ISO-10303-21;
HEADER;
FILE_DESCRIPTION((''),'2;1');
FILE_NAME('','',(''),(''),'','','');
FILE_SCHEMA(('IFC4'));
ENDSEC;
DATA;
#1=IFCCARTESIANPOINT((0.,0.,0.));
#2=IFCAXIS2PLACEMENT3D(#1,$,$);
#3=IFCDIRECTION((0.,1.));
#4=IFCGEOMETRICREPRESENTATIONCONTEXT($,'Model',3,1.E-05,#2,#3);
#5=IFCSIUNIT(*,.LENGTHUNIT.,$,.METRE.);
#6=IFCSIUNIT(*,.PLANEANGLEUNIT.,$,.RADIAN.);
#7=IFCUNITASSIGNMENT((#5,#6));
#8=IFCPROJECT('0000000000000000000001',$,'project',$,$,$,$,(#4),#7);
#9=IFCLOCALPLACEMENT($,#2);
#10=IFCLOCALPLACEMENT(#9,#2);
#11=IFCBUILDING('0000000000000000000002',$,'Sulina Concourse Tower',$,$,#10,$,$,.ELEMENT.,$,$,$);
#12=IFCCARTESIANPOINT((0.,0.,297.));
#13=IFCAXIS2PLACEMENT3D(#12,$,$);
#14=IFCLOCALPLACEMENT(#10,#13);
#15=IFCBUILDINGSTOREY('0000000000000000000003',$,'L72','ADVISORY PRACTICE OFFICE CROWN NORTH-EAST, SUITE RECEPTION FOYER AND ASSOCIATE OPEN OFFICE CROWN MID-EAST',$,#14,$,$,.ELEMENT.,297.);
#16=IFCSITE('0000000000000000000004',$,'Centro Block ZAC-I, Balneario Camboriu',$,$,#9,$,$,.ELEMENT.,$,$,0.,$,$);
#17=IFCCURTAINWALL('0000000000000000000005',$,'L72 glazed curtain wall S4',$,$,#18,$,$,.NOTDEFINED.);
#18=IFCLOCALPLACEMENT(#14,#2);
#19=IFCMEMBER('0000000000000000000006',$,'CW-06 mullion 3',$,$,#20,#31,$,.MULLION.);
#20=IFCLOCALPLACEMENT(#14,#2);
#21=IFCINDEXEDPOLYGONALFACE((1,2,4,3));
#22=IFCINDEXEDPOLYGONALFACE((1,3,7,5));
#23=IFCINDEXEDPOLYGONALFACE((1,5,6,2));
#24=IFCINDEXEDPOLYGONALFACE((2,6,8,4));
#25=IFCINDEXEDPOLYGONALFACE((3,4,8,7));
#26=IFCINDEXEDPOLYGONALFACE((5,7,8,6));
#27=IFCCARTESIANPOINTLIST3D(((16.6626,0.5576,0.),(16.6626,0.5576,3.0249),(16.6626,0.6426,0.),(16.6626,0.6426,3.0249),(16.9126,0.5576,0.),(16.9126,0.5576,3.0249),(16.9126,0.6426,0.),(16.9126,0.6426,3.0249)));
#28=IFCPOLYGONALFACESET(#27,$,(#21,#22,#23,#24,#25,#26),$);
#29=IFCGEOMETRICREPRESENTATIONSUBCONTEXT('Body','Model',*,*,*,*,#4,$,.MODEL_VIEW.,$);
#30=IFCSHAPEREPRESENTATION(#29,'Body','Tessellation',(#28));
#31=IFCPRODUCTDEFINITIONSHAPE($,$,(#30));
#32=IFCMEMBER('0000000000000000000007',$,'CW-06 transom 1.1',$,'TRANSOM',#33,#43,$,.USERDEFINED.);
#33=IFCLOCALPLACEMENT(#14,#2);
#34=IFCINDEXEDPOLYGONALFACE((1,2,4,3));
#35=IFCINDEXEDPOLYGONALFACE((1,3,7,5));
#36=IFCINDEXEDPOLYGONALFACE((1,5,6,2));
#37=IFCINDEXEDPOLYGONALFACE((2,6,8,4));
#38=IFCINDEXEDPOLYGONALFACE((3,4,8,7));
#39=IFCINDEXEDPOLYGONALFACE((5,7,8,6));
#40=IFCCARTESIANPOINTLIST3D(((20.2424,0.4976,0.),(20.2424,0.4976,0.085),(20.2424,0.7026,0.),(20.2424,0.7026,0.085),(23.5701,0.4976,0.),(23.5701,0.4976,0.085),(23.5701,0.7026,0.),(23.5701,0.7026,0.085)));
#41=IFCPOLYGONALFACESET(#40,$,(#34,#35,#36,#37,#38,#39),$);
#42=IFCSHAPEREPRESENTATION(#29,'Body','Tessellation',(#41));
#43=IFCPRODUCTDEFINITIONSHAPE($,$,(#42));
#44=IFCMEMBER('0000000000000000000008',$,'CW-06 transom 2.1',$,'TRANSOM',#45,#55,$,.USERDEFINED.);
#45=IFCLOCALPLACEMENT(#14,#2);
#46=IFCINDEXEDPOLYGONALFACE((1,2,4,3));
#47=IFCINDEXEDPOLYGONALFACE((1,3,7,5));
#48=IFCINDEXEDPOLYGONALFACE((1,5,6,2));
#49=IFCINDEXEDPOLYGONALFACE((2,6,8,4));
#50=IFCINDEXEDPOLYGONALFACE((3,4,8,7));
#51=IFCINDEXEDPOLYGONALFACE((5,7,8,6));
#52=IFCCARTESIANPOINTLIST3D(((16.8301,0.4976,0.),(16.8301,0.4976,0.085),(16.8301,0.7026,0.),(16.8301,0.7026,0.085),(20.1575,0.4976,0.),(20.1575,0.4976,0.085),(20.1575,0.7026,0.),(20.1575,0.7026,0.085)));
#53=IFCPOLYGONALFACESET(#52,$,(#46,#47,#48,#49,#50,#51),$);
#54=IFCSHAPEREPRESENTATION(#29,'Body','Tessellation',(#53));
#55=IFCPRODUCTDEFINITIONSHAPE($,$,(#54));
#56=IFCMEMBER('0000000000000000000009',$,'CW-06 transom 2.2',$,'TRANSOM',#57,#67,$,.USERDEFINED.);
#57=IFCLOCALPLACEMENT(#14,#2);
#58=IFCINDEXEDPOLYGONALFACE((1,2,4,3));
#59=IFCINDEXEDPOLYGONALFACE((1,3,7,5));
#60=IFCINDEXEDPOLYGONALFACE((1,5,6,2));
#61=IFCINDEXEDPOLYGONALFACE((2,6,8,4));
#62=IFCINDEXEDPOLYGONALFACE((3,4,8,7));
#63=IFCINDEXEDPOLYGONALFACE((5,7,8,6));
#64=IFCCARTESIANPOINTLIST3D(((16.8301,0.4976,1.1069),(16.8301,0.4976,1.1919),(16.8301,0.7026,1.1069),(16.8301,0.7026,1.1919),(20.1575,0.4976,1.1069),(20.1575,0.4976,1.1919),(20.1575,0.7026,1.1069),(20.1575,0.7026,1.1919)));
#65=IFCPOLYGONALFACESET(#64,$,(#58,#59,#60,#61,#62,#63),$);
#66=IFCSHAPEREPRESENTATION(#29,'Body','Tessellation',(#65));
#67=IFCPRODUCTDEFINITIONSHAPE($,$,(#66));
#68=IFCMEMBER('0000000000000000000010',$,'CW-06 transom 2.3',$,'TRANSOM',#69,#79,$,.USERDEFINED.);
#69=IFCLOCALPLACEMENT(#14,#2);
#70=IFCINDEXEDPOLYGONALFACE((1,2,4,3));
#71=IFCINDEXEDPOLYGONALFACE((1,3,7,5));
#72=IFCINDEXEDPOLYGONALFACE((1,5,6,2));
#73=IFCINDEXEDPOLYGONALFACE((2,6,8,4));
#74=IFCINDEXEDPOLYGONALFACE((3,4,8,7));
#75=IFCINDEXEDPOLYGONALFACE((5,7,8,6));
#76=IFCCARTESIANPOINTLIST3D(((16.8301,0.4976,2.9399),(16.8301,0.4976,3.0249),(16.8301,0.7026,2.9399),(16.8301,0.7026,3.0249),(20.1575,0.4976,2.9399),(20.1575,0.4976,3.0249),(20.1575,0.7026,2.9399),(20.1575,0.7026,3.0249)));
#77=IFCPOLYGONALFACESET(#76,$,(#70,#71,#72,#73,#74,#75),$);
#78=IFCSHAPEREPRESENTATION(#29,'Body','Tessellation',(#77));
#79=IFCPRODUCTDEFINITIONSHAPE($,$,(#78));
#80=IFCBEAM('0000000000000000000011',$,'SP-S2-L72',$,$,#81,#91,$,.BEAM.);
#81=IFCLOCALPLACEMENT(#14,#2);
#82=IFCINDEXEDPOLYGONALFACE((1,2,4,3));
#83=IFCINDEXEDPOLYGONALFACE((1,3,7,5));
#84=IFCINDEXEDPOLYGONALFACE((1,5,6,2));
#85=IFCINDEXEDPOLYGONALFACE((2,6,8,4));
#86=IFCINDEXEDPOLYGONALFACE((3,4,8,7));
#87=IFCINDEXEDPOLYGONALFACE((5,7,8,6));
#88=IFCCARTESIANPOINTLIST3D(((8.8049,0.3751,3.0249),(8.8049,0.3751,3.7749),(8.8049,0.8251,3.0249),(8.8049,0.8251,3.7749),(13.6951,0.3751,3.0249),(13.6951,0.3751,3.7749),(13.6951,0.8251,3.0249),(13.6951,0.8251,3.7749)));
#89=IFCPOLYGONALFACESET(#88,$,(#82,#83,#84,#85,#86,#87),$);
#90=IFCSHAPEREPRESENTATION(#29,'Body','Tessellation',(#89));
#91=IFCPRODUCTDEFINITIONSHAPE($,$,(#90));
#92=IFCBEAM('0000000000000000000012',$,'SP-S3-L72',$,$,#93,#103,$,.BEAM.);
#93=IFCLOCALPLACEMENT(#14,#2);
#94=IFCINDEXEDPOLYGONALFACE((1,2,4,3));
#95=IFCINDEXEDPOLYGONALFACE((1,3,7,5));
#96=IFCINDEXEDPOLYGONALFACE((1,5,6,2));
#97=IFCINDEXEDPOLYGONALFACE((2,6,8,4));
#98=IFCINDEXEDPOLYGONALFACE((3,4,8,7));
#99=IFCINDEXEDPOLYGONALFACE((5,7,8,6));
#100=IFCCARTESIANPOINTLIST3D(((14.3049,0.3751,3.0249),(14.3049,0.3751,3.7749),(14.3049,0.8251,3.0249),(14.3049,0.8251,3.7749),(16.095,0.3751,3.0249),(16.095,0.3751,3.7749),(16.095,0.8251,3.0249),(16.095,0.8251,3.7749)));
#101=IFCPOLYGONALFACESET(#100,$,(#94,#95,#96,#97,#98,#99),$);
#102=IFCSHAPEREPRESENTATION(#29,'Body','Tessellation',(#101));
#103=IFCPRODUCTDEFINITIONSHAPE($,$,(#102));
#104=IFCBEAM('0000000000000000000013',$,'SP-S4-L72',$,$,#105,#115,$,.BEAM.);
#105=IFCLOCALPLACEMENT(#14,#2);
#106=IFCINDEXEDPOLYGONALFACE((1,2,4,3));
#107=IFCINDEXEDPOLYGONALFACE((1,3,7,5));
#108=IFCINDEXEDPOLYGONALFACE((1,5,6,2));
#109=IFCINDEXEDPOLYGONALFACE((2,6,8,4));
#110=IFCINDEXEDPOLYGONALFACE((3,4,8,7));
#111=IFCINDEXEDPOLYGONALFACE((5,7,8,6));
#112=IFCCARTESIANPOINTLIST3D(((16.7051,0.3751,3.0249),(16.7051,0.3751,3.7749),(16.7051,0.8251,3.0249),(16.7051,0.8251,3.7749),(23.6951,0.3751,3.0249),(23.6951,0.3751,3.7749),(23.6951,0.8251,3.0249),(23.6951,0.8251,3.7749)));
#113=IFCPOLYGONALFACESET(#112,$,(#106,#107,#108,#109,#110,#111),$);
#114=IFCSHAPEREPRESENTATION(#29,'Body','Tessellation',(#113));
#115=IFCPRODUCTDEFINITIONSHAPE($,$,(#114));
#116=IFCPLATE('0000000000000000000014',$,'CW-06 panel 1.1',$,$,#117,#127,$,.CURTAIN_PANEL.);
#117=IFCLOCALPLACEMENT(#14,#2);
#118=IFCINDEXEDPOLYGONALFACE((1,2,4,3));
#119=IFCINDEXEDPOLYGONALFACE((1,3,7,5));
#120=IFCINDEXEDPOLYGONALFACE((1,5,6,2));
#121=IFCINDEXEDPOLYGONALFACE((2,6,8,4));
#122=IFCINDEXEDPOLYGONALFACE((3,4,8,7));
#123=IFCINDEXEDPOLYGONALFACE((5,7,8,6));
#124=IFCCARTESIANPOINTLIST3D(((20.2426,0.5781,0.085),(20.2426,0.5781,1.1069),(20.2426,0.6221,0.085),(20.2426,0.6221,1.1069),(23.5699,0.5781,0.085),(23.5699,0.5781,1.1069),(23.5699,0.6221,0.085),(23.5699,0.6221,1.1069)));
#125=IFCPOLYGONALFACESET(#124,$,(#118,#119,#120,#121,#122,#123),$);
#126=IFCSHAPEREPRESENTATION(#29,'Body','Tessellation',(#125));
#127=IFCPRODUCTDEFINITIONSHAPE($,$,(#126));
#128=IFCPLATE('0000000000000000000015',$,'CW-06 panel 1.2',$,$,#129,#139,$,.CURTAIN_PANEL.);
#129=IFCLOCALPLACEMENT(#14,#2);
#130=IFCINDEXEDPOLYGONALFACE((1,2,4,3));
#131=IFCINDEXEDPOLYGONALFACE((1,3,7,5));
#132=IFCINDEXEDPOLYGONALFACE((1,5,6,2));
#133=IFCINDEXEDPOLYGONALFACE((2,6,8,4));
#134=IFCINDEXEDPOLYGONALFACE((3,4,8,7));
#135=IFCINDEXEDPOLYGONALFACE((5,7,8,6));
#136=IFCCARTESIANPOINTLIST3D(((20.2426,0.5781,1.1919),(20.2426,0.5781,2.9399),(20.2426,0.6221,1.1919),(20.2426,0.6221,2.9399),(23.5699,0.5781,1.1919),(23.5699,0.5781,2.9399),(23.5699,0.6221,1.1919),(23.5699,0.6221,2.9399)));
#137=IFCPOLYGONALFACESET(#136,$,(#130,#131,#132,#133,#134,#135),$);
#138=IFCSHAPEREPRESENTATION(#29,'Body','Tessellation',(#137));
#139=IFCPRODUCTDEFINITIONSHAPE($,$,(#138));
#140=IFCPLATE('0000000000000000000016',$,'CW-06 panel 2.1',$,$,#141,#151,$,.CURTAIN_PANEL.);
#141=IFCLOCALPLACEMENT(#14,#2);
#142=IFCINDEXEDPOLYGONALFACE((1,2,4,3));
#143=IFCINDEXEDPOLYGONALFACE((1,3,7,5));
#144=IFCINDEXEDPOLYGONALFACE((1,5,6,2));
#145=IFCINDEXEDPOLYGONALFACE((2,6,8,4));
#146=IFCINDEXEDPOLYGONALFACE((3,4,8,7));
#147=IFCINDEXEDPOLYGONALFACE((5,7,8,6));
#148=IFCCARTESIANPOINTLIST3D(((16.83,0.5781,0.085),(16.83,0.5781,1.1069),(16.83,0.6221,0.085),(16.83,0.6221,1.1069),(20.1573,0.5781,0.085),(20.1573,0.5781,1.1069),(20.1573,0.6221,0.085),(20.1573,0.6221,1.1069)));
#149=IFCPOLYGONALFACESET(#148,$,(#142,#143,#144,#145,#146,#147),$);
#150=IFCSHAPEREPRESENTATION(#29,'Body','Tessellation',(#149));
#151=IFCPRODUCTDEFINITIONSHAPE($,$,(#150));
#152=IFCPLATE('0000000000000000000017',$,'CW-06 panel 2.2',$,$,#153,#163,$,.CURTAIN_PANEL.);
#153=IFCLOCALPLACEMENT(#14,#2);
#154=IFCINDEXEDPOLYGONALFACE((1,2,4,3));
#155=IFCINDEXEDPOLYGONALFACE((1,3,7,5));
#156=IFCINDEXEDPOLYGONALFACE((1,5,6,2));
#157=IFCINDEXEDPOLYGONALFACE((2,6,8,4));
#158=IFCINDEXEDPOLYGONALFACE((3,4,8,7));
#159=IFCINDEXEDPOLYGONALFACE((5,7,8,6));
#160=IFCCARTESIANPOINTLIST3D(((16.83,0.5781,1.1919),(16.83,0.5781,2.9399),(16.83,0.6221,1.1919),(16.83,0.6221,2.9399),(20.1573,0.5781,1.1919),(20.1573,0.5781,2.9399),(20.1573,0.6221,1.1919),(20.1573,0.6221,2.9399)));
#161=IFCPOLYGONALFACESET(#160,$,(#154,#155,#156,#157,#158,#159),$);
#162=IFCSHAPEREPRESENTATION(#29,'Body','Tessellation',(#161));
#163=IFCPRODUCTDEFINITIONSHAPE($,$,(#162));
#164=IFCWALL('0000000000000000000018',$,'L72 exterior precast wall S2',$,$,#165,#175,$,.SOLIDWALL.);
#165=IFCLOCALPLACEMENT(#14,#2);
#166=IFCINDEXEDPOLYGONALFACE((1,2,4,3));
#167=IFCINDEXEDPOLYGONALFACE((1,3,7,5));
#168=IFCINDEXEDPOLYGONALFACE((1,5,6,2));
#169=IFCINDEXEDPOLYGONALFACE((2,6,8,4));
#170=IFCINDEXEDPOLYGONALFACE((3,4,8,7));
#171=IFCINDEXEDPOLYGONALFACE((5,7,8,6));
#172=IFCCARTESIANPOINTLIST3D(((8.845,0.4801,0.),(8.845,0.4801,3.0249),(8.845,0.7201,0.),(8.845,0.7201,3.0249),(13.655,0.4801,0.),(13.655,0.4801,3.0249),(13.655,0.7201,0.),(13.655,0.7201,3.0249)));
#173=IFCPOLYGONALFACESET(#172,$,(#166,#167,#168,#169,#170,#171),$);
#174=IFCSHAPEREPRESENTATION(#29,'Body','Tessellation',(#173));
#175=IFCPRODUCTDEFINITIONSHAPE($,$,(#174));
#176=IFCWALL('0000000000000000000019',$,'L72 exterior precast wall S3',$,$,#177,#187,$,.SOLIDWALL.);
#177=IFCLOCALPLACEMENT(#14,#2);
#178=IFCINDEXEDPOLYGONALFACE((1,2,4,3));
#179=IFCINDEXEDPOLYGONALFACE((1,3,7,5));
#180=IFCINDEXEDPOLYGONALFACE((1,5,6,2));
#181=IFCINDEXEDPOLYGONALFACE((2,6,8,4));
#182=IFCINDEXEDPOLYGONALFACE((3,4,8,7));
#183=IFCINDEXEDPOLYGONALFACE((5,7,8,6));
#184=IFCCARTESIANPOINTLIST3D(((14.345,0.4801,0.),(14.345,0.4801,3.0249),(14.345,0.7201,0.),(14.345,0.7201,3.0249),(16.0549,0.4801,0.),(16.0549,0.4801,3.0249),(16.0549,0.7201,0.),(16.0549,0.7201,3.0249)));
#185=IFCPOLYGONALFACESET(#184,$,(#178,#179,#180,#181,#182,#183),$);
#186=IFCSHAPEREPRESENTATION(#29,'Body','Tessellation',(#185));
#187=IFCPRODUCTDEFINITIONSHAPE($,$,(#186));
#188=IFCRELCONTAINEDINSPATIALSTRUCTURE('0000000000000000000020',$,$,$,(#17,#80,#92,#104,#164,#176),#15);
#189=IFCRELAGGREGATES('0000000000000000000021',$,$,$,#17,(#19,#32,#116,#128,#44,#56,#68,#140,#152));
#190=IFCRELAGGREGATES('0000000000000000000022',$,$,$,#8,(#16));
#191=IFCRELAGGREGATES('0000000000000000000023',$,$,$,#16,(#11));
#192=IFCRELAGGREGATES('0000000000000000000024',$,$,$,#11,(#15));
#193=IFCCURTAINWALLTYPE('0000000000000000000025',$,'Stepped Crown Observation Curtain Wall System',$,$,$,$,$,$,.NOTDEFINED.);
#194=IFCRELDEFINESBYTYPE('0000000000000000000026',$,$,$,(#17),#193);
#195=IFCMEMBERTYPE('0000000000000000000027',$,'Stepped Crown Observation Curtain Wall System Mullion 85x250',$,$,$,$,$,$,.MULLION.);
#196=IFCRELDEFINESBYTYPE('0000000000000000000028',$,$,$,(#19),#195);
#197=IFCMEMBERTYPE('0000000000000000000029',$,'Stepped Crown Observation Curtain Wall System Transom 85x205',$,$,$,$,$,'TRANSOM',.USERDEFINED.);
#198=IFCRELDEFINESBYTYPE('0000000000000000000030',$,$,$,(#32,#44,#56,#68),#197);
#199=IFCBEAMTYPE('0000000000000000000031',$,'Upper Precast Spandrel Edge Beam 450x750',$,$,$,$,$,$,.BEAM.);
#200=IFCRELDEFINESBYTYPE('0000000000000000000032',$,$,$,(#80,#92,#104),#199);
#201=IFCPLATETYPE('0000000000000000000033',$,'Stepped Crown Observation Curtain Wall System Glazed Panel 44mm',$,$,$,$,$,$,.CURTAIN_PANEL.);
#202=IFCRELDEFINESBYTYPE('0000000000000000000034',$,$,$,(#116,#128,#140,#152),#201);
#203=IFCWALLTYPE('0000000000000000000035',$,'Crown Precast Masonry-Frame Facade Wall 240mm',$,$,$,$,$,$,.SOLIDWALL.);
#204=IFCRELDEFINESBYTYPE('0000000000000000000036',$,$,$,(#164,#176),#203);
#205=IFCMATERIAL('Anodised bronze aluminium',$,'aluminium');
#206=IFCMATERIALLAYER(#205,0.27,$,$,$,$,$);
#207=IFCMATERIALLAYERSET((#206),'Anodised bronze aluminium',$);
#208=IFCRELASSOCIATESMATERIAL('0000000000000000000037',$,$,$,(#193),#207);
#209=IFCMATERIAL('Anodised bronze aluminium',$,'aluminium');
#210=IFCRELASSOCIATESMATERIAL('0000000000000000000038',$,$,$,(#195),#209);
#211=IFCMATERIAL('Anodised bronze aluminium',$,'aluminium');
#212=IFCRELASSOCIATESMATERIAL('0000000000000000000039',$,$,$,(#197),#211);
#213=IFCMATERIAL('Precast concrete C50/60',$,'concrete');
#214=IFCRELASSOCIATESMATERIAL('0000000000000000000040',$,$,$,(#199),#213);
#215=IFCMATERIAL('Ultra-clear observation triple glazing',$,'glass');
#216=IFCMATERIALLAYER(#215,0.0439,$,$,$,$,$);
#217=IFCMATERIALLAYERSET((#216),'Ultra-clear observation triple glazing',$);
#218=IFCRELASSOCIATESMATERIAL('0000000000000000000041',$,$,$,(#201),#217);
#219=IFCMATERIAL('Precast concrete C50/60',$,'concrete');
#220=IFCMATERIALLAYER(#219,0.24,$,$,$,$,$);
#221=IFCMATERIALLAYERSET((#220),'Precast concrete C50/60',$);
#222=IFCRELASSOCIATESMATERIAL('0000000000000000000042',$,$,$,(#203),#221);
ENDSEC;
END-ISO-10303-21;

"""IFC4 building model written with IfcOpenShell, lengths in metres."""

from ifc_helpers import new_model, si_unit, direction, frame, frame_2d, origin, origin_2d, place, context, subcontext, project, spatial, rectangle, extrude, material, layer, layer_set, material_profile, profile_set, type_object, element, aggregate, save


model = new_model("IFC4")

# Units and contexts
model_context = context("Model", 3, precision=1e-05, world=origin(), true_north=direction((0.0, 1.0)))
body_context = subcontext(model_context, "Body", "Model", "MODEL_VIEW")
ifc_project = project(units=[si_unit("LENGTHUNIT", "METRE"), si_unit("PLANEANGLEUNIT", "RADIAN")], contexts=[model_context])

# Site, building, storey
site_placement = place(None, origin())
site = spatial("IfcSite", under=ifc_project, at=site_placement, Name="Centro Block ZAC-I, Balneario Camboriu", CompositionType="ELEMENT", RefElevation=0.0)
building_placement = place(site_placement, origin())
building = spatial("IfcBuilding", under=site, at=building_placement, Name="Sulina Concourse Tower", CompositionType="ELEMENT")
storey_placement = place(building_placement, frame((0.0, 0.0, 297.0)))
storey = spatial("IfcBuildingStorey", under=building, at=storey_placement, Name="L72", Description="ADVISORY PRACTICE OFFICE CROWN NORTH-EAST, SUITE RECEPTION FOYER AND ASSOCIATE OPEN OFFICE CROWN MID-EAST", CompositionType="ELEMENT", Elevation=297.0)

# Curtain wall, members
ifc_material_1 = material(Name="Anodised bronze aluminium", Category="aluminium")
ifc_layer_1 = layer(ifc_material_1, 0.27)
ifc_layer_set_1 = layer_set([ifc_layer_1], Name="Anodised bronze aluminium")
curtain_wall_type = type_object("IfcCurtainWallType", Name="Stepped Crown Observation Curtain Wall System", PredefinedType="NOTDEFINED", material=ifc_layer_set_1)
curtain_wall_placement = place(storey_placement, origin())
curtain_wall = element("IfcCurtainWall", 1, at=curtain_wall_placement, inside=storey, type_object=curtain_wall_type, Name="L72 glazed curtain wall S4", PredefinedType="NOTDEFINED")
ifc_material_2 = material(Name="Anodised bronze aluminium", Category="aluminium")
ifc_material_profile_1 = material_profile(ifc_material_2, rectangle(XDim=0.085, YDim=0.25, at=origin_2d()), Name="MUL 85x250")
ifc_profile_set_1 = profile_set([ifc_material_profile_1], Name="Anodised bronze aluminium")
member_type_1 = type_object("IfcMemberType", Name="Stepped Crown Observation Curtain Wall System Mullion 85x250", PredefinedType="MULLION", material=ifc_profile_set_1)
member_1_placement = place(storey_placement, frame((16.7876, 0.6001, 0.0), z_axis=(0.0, 0.0, 1.0), x_axis=(0.0, -1.0, 0.0)))
member_1 = element("IfcMember", 2, at=member_1_placement, type_object=member_type_1, Name="CW-06 mullion 3", PredefinedType="MULLION", context=body_context, shape_type="SweptSolid", body=[
    extrude(rectangle(XDim=0.085, YDim=0.25, at=origin_2d()), origin(), (0.0, 0.0, 1.0), 3.0249),
])
ifc_material_3 = material(Name="Anodised bronze aluminium", Category="aluminium")
ifc_material_profile_2 = material_profile(ifc_material_3, rectangle(XDim=0.2051, YDim=0.085, at=origin_2d()), Name="TRN 85x205")
ifc_profile_set_2 = profile_set([ifc_material_profile_2], Name="Anodised bronze aluminium")
member_type_2 = type_object("IfcMemberType", Name="Stepped Crown Observation Curtain Wall System Transom 85x205", ElementType="TRANSOM", PredefinedType="USERDEFINED", material=ifc_profile_set_2)
member_2_placement = place(storey_placement, frame((23.5701, 0.6001, 0.0425), z_axis=(-1.0, 0.0, 0.0), x_axis=(0.0, -1.0, 0.0)))
member_2 = element("IfcMember", 3, at=member_2_placement, type_object=member_type_2, Name="CW-06 transom 1.1", ObjectType="TRANSOM", PredefinedType="USERDEFINED", context=body_context, shape_type="SweptSolid", body=[
    extrude(rectangle(XDim=0.2051, YDim=0.085, at=origin_2d()), origin(), (0.0, 0.0, 1.0), 3.3276),
])
member_3_placement = place(storey_placement, frame((20.1575, 0.6001, 0.0425), z_axis=(-1.0, 0.0, 0.0), x_axis=(0.0, -1.0, 0.0)))
member_3 = element("IfcMember", 4, at=member_3_placement, type_object=member_type_2, Name="CW-06 transom 2.1", ObjectType="TRANSOM", PredefinedType="USERDEFINED", context=body_context, shape_type="SweptSolid", body=[
    extrude(rectangle(XDim=0.2051, YDim=0.085, at=origin_2d()), origin(), (0.0, 0.0, 1.0), 3.3274),
])
member_4_placement = place(storey_placement, frame((20.1575, 0.6001, 1.1494), z_axis=(-1.0, 0.0, 0.0), x_axis=(0.0, -1.0, 0.0)))
member_4 = element("IfcMember", 5, at=member_4_placement, type_object=member_type_2, Name="CW-06 transom 2.2", ObjectType="TRANSOM", PredefinedType="USERDEFINED", context=body_context, shape_type="SweptSolid", body=[
    extrude(rectangle(XDim=0.2051, YDim=0.085, at=origin_2d()), origin(), (0.0, 0.0, 1.0), 3.3274),
])
member_5_placement = place(storey_placement, frame((20.1575, 0.6001, 2.9824), z_axis=(-1.0, 0.0, 0.0), x_axis=(0.0, -1.0, 0.0)))
member_5 = element("IfcMember", 6, at=member_5_placement, type_object=member_type_2, Name="CW-06 transom 2.3", ObjectType="TRANSOM", PredefinedType="USERDEFINED", context=body_context, shape_type="SweptSolid", body=[
    extrude(rectangle(XDim=0.2051, YDim=0.085, at=origin_2d()), origin(), (0.0, 0.0, 1.0), 3.3274),
])

# Beams
ifc_material_4 = material(Name="Precast concrete C50/60", Category="concrete")
ifc_material_profile_3 = material_profile(ifc_material_4, rectangle(XDim=0.45, YDim=0.75, at=origin_2d()), Name="RC 450x750")
ifc_profile_set_3 = profile_set([ifc_material_profile_3], Name="Precast concrete C50/60")
beam_type_1 = type_object("IfcBeamType", Name="Upper Precast Spandrel Edge Beam 450x750", PredefinedType="BEAM", material=ifc_profile_set_3)
beam_1_placement = place(storey_placement, frame((8.8049, 0.6001, 3.3999), z_axis=(1.0, 0.0, 0.0), x_axis=(0.0, 1.0, 0.0)))
element("IfcBeam", 7, at=beam_1_placement, inside=storey, type_object=beam_type_1, Name="SP-S2-L72", PredefinedType="BEAM", context=body_context, shape_type="SweptSolid", body=[
    extrude(rectangle(XDim=0.45, YDim=0.75, at=origin_2d()), origin(), (0.0, 0.0, 1.0), 4.8901),
])
beam_2_placement = place(storey_placement, frame((14.3049, 0.6001, 3.3999), z_axis=(1.0, 0.0, 0.0), x_axis=(0.0, 1.0, 0.0)))
element("IfcBeam", 8, at=beam_2_placement, inside=storey, type_object=beam_type_1, Name="SP-S3-L72", PredefinedType="BEAM", context=body_context, shape_type="SweptSolid", body=[
    extrude(rectangle(XDim=0.45, YDim=0.75, at=origin_2d()), origin(), (0.0, 0.0, 1.0), 1.79),
])
beam_3_placement = place(storey_placement, frame((16.7051, 0.6001, 3.3999), z_axis=(1.0, 0.0, 0.0), x_axis=(0.0, 1.0, 0.0)))
element("IfcBeam", 9, at=beam_3_placement, inside=storey, type_object=beam_type_1, Name="SP-S4-L72", PredefinedType="BEAM", context=body_context, shape_type="SweptSolid", body=[
    extrude(rectangle(XDim=0.45, YDim=0.75, at=origin_2d()), origin(), (0.0, 0.0, 1.0), 6.99),
])

# Plates
ifc_material_5 = material(Name="Ultra-clear observation triple glazing", Category="glass")
ifc_layer_2 = layer(ifc_material_5, 0.0439)
ifc_layer_set_2 = layer_set([ifc_layer_2], Name="Ultra-clear observation triple glazing")
plate_type = type_object("IfcPlateType", Name="Stepped Crown Observation Curtain Wall System Glazed Panel 44mm", PredefinedType="CURTAIN_PANEL", material=ifc_layer_set_2)
plate_1_placement = place(storey_placement, frame((21.9062, 0.6001, 0.085), z_axis=(0.0, 0.0, 1.0), x_axis=(-1.0, 0.0, 0.0)))
plate_1 = element("IfcPlate", 10, at=plate_1_placement, type_object=plate_type, Name="CW-06 panel 1.1", PredefinedType="CURTAIN_PANEL", context=body_context, shape_type="SweptSolid", body=[
    extrude(rectangle(XDim=3.3274, YDim=0.0439, at=origin_2d()), origin(), (0.0, 0.0, 1.0), 1.022),
])
plate_2_placement = place(storey_placement, frame((21.9062, 0.6001, 1.1919), z_axis=(0.0, 0.0, 1.0), x_axis=(-1.0, 0.0, 0.0)))
plate_2 = element("IfcPlate", 11, at=plate_2_placement, type_object=plate_type, Name="CW-06 panel 1.2", PredefinedType="CURTAIN_PANEL", context=body_context, shape_type="SweptSolid", body=[
    extrude(rectangle(XDim=3.3274, YDim=0.0439, at=origin_2d()), origin(), (0.0, 0.0, 1.0), 1.748),
])
plate_3_placement = place(storey_placement, frame((18.4937, 0.6001, 0.085), z_axis=(0.0, 0.0, 1.0), x_axis=(-1.0, 0.0, 0.0)))
plate_3 = element("IfcPlate", 12, at=plate_3_placement, type_object=plate_type, Name="CW-06 panel 2.1", PredefinedType="CURTAIN_PANEL", context=body_context, shape_type="SweptSolid", body=[
    extrude(rectangle(XDim=3.3274, YDim=0.0439, at=origin_2d()), origin(), (0.0, 0.0, 1.0), 1.022),
])
plate_4_placement = place(storey_placement, frame((18.4937, 0.6001, 1.1919), z_axis=(0.0, 0.0, 1.0), x_axis=(-1.0, 0.0, 0.0)))
plate_4 = element("IfcPlate", 13, at=plate_4_placement, type_object=plate_type, Name="CW-06 panel 2.2", PredefinedType="CURTAIN_PANEL", context=body_context, shape_type="SweptSolid", body=[
    extrude(rectangle(XDim=3.3274, YDim=0.0439, at=origin_2d()), origin(), (0.0, 0.0, 1.0), 1.748),
])
aggregate(curtain_wall, [member_1, member_2, plate_1, plate_2, member_3, member_4, member_5, plate_3, plate_4])

# Walls
ifc_material_6 = material(Name="Precast concrete C50/60", Category="concrete")
ifc_layer_3 = layer(ifc_material_6, 0.24)
ifc_layer_set_3 = layer_set([ifc_layer_3], Name="Precast concrete C50/60")
wall_type_1 = type_object("IfcWallType", Name="Crown Precast Masonry-Frame Facade Wall 240mm", PredefinedType="SOLIDWALL", material=ifc_layer_set_3)
wall_1_placement = place(storey_placement, frame((13.655, 0.6001, 0.0), z_axis=(0.0, 0.0, 1.0), x_axis=(-1.0, 0.0, 0.0)))
element("IfcWall", 14, at=wall_1_placement, inside=storey, type_object=wall_type_1, Name="L72 exterior precast wall S2", PredefinedType="SOLIDWALL", context=body_context, shape_type="SweptSolid", body=[
    extrude(rectangle(XDim=4.8101, YDim=0.24, at=frame_2d((2.405, 0.0))), origin(), (0.0, 0.0, 1.0), 3.0249),
])
wall_2_placement = place(storey_placement, frame((16.0549, 0.6001, 0.0), z_axis=(0.0, 0.0, 1.0), x_axis=(-1.0, 0.0, 0.0)))
element("IfcWall", 15, at=wall_2_placement, inside=storey, type_object=wall_type_1, Name="L72 exterior precast wall S3", PredefinedType="SOLIDWALL", context=body_context, shape_type="SweptSolid", body=[
    extrude(rectangle(XDim=1.71, YDim=0.24, at=frame_2d((0.855, 0.0))), origin(), (0.0, 0.0, 1.0), 3.0249),
])

save(model, "model.ifc")
